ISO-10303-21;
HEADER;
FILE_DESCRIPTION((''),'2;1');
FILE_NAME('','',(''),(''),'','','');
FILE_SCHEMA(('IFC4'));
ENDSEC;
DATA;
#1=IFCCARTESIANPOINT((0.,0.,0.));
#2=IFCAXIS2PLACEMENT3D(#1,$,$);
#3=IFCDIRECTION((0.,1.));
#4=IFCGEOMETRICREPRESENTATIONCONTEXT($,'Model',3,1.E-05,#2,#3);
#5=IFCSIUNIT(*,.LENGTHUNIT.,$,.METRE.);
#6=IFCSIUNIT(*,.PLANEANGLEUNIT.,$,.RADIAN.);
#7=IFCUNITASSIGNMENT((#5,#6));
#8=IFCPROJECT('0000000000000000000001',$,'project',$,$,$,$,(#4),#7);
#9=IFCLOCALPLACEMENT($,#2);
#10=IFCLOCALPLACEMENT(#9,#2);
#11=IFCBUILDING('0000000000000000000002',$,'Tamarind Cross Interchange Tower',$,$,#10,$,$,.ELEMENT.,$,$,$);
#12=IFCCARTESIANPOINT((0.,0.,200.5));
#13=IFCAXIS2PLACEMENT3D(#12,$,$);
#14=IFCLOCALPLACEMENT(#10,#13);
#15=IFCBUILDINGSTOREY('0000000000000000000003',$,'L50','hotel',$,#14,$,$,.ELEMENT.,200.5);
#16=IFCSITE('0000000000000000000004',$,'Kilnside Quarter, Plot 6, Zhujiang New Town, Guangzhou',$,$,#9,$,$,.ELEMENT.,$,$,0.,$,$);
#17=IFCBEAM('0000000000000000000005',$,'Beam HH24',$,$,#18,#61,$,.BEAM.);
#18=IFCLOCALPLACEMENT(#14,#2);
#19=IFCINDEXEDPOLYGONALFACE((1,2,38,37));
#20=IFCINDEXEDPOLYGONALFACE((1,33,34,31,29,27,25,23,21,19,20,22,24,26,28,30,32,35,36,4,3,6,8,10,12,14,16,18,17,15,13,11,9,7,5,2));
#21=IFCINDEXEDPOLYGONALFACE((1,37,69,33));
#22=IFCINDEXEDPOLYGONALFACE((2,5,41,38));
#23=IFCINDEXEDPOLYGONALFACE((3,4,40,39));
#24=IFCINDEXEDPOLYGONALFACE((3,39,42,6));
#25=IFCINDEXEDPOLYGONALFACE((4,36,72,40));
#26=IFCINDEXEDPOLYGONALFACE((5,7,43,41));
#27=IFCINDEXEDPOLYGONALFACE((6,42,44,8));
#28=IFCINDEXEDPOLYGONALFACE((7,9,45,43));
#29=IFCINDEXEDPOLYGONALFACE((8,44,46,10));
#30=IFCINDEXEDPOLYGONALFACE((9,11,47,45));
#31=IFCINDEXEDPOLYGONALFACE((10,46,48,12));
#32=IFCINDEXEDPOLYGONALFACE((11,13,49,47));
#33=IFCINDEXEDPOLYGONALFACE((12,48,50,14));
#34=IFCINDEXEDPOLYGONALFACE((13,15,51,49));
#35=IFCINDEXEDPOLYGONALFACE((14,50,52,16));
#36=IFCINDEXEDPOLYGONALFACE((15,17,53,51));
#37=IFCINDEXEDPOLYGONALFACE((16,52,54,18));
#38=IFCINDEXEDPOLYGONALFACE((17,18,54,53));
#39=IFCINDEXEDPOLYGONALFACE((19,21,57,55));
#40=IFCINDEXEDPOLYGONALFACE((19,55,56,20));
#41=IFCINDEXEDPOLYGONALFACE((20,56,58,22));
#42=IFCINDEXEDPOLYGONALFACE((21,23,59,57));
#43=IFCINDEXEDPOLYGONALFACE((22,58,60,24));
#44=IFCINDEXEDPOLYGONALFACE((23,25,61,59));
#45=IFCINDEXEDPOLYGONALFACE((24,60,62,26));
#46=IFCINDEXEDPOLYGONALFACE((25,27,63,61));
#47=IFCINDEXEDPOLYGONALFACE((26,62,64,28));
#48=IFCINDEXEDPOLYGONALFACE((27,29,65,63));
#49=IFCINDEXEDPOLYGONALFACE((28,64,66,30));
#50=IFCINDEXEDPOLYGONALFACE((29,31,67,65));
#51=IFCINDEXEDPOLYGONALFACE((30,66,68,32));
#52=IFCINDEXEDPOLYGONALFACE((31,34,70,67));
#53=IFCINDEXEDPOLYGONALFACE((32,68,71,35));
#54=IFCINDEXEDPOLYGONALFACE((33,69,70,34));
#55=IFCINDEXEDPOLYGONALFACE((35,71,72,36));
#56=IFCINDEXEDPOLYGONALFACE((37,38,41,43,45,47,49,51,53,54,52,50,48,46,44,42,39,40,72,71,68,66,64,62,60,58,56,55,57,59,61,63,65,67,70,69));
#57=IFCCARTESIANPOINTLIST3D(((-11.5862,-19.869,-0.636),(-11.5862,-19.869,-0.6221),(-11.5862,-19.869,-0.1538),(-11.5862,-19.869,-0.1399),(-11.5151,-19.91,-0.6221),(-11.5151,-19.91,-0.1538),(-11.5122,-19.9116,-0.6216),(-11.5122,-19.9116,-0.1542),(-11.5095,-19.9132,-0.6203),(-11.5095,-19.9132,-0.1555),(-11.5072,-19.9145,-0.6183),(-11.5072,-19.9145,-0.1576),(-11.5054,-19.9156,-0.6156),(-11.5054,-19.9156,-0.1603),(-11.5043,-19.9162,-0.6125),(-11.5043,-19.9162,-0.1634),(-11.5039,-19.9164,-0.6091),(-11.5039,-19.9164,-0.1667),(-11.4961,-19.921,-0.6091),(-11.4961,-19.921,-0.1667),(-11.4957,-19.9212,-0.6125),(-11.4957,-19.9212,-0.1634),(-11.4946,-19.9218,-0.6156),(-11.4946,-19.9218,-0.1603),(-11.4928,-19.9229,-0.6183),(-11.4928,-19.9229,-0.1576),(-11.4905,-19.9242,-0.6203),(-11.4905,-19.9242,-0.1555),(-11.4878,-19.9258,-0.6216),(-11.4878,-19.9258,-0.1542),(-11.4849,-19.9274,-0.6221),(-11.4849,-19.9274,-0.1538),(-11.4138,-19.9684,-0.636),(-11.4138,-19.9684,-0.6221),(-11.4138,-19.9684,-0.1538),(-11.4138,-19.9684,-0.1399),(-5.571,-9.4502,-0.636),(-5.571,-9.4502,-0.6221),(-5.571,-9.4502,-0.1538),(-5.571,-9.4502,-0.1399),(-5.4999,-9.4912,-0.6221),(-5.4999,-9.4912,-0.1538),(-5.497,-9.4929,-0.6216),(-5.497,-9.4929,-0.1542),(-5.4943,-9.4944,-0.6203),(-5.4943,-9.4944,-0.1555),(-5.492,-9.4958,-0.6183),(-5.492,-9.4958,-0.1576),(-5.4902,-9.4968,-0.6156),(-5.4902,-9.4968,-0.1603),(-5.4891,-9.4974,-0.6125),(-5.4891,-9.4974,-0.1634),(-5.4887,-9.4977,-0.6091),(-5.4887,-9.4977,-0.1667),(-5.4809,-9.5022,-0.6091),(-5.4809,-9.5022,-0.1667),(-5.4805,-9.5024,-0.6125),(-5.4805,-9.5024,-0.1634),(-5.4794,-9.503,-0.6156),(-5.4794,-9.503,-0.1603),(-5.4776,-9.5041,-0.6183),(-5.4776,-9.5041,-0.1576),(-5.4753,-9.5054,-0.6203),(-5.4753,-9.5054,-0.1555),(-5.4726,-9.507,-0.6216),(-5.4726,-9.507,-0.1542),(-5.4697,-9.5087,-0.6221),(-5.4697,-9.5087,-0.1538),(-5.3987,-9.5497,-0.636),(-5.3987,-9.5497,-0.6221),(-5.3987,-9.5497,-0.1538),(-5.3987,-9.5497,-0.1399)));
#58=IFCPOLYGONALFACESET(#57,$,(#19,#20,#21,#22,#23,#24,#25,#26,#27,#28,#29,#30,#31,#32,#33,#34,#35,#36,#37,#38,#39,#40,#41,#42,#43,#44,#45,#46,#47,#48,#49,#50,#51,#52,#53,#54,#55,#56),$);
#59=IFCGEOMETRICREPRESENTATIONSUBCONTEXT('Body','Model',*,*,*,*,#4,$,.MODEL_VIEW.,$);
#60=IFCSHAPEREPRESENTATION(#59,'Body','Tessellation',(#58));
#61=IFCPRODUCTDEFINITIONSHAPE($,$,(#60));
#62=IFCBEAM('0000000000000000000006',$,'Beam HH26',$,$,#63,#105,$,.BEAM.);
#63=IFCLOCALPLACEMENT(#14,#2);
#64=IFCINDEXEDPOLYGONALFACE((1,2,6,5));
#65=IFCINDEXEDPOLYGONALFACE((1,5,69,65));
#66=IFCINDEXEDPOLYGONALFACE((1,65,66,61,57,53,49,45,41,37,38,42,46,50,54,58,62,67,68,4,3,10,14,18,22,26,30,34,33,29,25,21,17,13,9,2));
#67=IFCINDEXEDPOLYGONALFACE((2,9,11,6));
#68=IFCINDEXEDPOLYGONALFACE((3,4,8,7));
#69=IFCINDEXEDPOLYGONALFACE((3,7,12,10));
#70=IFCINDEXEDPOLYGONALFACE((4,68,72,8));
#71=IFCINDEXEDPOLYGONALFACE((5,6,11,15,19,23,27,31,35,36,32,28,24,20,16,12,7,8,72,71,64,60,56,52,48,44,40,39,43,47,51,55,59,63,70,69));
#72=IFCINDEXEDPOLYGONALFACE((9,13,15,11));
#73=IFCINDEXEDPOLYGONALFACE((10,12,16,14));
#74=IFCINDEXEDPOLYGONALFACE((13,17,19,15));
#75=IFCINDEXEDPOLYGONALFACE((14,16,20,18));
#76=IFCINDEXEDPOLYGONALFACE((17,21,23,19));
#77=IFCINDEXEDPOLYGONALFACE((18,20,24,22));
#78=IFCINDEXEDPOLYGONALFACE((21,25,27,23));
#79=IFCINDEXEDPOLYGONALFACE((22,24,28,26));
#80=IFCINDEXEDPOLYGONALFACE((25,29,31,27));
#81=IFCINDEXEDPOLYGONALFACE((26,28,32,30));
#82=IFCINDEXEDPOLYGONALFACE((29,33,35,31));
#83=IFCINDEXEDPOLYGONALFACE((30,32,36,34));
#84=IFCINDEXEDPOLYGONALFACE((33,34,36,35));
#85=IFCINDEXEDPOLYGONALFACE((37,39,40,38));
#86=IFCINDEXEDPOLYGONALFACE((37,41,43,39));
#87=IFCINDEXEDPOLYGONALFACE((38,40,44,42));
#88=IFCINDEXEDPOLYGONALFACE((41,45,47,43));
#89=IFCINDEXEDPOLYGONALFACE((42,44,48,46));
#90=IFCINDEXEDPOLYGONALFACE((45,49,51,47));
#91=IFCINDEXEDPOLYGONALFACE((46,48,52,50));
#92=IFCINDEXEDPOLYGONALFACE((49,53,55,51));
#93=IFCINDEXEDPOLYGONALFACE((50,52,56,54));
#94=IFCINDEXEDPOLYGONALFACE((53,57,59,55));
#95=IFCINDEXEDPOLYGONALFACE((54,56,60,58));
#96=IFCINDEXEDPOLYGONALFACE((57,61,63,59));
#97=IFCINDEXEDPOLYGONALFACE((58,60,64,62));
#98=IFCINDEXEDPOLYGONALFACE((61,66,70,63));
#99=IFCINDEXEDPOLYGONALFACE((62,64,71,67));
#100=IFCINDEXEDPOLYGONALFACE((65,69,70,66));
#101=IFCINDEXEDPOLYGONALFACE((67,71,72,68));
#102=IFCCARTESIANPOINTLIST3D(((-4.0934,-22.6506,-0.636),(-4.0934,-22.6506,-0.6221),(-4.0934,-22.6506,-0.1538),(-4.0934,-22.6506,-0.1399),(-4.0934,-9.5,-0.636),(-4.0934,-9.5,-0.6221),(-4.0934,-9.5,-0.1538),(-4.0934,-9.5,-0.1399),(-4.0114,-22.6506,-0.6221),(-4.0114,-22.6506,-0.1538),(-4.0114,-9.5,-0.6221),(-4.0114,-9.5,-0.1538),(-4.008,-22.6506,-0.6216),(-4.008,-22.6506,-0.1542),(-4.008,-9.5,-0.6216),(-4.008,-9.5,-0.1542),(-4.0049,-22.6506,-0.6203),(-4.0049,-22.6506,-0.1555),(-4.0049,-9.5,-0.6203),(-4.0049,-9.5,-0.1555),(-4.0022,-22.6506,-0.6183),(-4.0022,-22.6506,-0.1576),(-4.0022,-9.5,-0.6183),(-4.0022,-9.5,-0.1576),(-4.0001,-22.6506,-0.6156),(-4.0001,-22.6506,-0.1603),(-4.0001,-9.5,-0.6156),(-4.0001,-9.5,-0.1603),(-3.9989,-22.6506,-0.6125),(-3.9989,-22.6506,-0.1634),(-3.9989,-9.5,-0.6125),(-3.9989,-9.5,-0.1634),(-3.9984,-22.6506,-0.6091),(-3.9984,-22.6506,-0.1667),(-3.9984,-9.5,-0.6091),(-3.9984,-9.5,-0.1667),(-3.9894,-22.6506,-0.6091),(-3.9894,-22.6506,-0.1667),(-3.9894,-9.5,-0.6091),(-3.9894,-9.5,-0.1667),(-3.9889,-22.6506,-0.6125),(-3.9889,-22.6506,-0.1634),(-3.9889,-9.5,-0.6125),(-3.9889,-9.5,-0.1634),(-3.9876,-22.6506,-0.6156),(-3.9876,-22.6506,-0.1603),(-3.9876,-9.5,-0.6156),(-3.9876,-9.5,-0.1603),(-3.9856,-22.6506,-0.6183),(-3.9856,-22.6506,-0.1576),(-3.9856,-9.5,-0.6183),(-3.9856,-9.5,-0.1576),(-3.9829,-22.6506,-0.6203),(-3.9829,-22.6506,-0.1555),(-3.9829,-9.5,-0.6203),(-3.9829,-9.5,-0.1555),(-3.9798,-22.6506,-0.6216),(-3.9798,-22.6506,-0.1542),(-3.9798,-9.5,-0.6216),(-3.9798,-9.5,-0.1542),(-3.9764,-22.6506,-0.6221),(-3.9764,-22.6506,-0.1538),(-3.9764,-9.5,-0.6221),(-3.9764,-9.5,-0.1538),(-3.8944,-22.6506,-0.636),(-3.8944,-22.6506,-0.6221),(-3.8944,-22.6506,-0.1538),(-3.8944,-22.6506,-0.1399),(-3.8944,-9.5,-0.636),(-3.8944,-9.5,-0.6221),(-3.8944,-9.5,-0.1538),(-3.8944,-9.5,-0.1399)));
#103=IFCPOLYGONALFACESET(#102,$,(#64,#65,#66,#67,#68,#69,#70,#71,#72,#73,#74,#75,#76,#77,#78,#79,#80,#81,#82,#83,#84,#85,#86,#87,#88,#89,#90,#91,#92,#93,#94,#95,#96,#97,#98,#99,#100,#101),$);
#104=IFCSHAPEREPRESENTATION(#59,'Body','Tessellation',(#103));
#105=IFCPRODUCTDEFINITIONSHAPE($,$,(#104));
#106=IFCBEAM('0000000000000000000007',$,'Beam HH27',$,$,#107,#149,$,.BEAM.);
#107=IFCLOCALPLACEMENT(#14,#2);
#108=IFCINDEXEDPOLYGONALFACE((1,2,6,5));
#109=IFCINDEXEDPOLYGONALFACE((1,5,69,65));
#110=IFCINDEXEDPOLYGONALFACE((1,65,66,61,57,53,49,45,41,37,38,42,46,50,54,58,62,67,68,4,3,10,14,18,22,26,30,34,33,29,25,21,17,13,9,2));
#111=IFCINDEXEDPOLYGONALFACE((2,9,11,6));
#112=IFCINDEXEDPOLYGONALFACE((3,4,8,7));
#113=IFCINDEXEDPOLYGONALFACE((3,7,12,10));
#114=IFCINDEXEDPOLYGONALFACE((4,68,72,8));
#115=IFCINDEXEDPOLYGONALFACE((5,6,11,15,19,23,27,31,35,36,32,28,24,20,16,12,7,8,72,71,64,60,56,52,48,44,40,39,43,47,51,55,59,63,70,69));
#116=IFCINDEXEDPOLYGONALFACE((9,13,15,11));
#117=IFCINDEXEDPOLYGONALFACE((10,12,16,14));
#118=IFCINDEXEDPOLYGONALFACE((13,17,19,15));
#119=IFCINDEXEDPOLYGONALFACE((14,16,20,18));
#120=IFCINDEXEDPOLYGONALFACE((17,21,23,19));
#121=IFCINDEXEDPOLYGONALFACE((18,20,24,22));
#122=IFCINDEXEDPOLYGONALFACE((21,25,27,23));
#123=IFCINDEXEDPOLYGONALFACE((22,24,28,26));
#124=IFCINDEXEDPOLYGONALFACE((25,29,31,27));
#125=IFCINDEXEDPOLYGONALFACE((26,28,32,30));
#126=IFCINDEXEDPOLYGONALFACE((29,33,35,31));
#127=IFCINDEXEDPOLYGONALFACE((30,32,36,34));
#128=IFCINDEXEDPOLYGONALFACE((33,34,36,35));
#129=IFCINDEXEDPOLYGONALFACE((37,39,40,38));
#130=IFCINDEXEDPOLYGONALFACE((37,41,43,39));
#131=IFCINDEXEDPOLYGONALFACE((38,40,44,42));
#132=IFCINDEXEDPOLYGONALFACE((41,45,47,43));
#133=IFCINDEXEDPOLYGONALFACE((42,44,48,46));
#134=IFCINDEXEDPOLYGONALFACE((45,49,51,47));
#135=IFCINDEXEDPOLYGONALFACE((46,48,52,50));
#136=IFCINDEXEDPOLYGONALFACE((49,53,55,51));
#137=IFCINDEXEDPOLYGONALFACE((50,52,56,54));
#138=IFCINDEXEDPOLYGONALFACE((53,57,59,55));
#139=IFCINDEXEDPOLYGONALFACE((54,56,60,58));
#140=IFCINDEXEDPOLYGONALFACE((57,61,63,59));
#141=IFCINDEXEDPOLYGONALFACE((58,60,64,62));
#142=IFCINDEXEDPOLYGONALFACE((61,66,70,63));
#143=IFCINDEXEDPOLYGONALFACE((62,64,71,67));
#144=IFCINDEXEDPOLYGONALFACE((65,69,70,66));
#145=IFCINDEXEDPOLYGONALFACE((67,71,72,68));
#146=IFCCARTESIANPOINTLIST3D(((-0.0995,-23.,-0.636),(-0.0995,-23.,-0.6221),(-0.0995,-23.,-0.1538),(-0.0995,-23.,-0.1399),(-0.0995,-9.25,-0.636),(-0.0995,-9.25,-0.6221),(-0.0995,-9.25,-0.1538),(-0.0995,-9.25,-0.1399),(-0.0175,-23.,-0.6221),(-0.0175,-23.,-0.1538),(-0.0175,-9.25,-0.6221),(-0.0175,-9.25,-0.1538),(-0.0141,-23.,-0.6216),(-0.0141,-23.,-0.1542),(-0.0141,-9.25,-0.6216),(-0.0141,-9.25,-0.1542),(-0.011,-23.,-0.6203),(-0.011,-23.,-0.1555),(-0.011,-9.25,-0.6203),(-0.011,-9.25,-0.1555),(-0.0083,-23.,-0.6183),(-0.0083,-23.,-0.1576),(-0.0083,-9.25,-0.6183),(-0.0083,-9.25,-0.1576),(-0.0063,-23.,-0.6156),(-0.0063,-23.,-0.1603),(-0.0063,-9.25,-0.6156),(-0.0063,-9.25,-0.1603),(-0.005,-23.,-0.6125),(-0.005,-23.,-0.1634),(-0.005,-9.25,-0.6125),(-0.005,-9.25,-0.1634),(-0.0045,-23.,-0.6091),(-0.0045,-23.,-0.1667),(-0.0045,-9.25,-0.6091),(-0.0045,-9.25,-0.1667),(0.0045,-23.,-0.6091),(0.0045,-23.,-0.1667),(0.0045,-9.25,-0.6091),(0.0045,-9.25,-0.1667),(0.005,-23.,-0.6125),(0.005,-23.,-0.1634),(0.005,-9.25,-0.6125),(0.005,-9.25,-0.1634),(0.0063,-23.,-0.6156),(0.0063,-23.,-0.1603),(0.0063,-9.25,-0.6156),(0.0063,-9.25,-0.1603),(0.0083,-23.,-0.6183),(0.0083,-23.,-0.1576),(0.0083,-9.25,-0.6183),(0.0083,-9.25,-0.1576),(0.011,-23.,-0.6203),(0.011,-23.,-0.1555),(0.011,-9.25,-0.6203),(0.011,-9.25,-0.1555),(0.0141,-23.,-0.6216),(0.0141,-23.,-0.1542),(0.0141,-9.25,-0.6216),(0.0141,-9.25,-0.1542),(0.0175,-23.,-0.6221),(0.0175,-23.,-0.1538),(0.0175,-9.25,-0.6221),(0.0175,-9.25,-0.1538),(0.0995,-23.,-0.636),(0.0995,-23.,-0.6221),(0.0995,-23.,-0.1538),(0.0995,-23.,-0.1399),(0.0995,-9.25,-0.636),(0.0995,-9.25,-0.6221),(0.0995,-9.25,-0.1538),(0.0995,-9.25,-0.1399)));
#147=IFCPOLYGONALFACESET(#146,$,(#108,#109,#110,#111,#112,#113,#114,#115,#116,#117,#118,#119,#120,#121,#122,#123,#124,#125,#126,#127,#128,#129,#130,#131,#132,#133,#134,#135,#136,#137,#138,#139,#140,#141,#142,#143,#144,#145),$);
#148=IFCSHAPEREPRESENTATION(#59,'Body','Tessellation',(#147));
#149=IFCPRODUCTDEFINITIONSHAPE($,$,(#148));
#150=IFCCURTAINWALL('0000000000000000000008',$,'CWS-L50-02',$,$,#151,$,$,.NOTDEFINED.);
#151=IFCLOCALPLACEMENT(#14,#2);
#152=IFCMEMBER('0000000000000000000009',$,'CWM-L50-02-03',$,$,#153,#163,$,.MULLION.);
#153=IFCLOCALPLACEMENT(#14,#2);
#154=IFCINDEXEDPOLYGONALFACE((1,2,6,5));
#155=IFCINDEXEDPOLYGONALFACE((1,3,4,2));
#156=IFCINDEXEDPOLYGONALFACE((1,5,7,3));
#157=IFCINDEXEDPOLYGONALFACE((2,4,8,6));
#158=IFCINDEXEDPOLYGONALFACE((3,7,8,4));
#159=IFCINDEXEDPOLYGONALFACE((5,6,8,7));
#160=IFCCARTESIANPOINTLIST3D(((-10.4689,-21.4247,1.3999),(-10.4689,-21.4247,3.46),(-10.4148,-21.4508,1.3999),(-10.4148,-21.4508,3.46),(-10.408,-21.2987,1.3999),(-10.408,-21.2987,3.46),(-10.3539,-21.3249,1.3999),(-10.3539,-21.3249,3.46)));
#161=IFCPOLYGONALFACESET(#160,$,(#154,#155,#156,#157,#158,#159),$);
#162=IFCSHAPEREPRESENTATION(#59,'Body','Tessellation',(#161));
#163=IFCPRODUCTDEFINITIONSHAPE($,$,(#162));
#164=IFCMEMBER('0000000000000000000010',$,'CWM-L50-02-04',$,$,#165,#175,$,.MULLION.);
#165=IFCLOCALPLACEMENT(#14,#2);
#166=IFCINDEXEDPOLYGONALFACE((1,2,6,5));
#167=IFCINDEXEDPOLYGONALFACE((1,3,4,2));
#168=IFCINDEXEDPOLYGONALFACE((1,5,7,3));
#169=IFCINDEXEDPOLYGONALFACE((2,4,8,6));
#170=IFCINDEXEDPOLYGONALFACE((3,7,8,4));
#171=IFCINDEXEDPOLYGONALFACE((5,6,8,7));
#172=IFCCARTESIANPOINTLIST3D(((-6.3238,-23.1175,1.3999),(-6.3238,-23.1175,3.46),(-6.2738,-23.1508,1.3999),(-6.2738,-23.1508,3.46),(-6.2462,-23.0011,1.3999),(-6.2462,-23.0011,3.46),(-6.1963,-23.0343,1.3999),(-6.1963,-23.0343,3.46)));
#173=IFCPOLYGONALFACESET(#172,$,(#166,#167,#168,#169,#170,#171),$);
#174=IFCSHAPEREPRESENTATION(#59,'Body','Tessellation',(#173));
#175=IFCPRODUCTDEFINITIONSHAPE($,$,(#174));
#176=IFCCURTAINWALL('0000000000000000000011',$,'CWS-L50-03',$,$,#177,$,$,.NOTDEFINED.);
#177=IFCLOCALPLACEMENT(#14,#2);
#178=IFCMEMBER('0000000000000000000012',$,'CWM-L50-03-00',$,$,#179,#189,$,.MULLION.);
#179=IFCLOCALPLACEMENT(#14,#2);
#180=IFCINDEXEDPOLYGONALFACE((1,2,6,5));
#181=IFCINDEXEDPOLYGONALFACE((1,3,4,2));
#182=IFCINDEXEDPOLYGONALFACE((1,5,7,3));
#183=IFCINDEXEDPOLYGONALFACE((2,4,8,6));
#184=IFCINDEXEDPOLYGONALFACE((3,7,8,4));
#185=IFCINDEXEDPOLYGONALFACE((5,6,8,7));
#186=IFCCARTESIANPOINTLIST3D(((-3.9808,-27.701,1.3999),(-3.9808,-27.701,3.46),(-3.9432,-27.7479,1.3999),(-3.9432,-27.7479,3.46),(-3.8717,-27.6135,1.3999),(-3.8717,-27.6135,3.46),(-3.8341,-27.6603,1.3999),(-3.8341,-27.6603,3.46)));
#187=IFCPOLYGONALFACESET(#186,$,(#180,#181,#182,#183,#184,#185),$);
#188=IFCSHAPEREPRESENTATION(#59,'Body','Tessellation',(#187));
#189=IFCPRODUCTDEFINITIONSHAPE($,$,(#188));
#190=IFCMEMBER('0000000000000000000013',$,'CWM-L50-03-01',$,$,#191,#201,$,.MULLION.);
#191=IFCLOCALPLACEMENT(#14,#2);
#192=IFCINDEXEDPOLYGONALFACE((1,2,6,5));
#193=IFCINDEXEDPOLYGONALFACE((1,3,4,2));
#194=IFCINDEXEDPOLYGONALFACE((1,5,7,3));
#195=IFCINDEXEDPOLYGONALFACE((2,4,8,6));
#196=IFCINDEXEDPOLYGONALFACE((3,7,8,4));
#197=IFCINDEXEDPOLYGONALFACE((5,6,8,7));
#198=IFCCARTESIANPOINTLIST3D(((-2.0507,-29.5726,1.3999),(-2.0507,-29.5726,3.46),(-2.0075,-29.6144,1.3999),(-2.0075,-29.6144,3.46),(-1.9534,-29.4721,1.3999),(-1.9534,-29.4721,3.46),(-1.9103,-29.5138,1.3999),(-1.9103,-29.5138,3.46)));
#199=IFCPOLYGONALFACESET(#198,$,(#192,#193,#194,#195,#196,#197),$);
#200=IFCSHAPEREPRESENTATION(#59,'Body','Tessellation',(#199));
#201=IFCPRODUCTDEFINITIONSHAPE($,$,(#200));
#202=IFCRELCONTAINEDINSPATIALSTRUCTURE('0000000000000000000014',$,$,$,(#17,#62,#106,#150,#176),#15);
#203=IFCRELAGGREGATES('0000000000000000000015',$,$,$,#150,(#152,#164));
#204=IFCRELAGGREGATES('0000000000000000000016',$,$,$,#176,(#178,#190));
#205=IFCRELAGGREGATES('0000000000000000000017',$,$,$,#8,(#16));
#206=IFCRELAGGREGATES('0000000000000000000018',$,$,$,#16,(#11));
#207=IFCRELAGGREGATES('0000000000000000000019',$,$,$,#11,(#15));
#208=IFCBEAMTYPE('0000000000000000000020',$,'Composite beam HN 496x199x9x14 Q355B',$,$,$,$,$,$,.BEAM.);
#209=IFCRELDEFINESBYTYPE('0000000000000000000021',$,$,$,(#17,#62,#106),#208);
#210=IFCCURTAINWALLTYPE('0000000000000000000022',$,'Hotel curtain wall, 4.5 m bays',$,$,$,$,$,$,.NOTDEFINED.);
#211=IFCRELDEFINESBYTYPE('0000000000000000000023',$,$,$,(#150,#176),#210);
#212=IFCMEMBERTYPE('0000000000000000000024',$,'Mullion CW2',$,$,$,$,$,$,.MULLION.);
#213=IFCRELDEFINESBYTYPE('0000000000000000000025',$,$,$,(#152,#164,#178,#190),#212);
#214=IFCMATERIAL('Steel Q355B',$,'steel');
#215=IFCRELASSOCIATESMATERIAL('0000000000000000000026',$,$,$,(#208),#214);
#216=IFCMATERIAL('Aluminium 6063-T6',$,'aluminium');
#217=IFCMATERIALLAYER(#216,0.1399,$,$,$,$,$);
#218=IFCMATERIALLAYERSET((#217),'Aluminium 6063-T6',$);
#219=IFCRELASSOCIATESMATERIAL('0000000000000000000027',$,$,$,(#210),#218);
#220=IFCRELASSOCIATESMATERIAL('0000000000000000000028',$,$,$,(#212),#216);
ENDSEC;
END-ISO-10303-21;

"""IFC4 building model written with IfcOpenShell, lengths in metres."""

from ifc_helpers import new_model, si_unit, direction, frame, origin, origin_2d, place, context, subcontext, project, spatial, rectangle, i_section, extrude, material, layer, layer_set, material_profile, profile_set, type_object, element, aggregate, save


model = new_model("IFC4")

# Units and contexts
model_context = context("Model", 3, precision=1e-05, world=origin(), true_north=direction((0.0, 1.0)))
body_context = subcontext(model_context, "Body", "Model", "MODEL_VIEW")
ifc_project = project(units=[si_unit("LENGTHUNIT", "METRE"), si_unit("PLANEANGLEUNIT", "RADIAN")], contexts=[model_context])

# Site, building, storey
site_placement = place(None, origin())
site = spatial("IfcSite", under=ifc_project, at=site_placement, Name="Kilnside Quarter, Plot 6, Zhujiang New Town, Guangzhou", CompositionType="ELEMENT", RefElevation=0.0)
building_placement = place(site_placement, origin())
building = spatial("IfcBuilding", under=site, at=building_placement, Name="Tamarind Cross Interchange Tower", CompositionType="ELEMENT")
storey_placement = place(building_placement, frame((0.0, 0.0, 200.5)))
storey = spatial("IfcBuildingStorey", under=building, at=storey_placement, Name="L50", Description="hotel", CompositionType="ELEMENT", Elevation=200.5)

# Beams
ifc_material_1 = material(Name="Steel Q355B", Category="steel")
ifc_material_profile_1 = material_profile(ifc_material_1, i_section(OverallWidth=0.199, OverallDepth=0.4961, WebThickness=0.009, FlangeThickness=0.0139, FilletRadius=0.0129, at=origin_2d()), Name="HN 496x199x9x14")
ifc_profile_set_1 = profile_set([ifc_material_profile_1], Name="Steel Q355B")
beam_type = type_object("IfcBeamType", Name="Composite beam HN 496x199x9x14 Q355B", PredefinedType="BEAM", material=ifc_profile_set_1)
beam_1_placement = place(storey_placement, frame((-11.5, -19.9187, -0.3879), z_axis=(0.499994, 0.866029, 0.0), x_axis=(-0.866029, 0.499994, 0.0)))
element("IfcBeam", 1, at=beam_1_placement, inside=storey, type_object=beam_type, Name="Beam HH24", PredefinedType="BEAM", context=body_context, shape_type="SweptSolid", body=[
    extrude(i_section(OverallWidth=0.199, OverallDepth=0.4961, WebThickness=0.009, FlangeThickness=0.0139, FilletRadius=0.0129, at=origin_2d()), origin(), (0.0, 0.0, 1.0), 12.0305),
])
beam_2_placement = place(storey_placement, frame((-3.9939, -22.6506, -0.3879), z_axis=(0.0, 1.0, 0.0), x_axis=(-1.0, 0.0, 0.0)))
element("IfcBeam", 2, at=beam_2_placement, inside=storey, type_object=beam_type, Name="Beam HH26", PredefinedType="BEAM", context=body_context, shape_type="SweptSolid", body=[
    extrude(i_section(OverallWidth=0.199, OverallDepth=0.4961, WebThickness=0.009, FlangeThickness=0.0139, FilletRadius=0.0129, at=origin_2d()), origin(), (0.0, 0.0, 1.0), 13.1506),
])
beam_3_placement = place(storey_placement, frame((0.0, -23.0, -0.3879), z_axis=(0.0, 1.0, 0.0), x_axis=(-1.0, 0.0, 0.0)))
element("IfcBeam", 3, at=beam_3_placement, inside=storey, type_object=beam_type, Name="Beam HH27", PredefinedType="BEAM", context=body_context, shape_type="SweptSolid", body=[
    extrude(i_section(OverallWidth=0.199, OverallDepth=0.4961, WebThickness=0.009, FlangeThickness=0.0139, FilletRadius=0.0129, at=origin_2d()), origin(), (0.0, 0.0, 1.0), 13.75),
])

# Curtain walls, members
ifc_material_2 = material(Name="Aluminium 6063-T6", Category="aluminium")
ifc_layer_1 = layer(ifc_material_2, 0.1399)
ifc_layer_set_1 = layer_set([ifc_layer_1], Name="Aluminium 6063-T6")
curtain_wall_type = type_object("IfcCurtainWallType", Name="Hotel curtain wall, 4.5 m bays", PredefinedType="NOTDEFINED", material=ifc_layer_set_1)
curtain_wall_1_placement = place(storey_placement, origin())
curtain_wall_1 = element("IfcCurtainWall", 4, at=curtain_wall_1_placement, inside=storey, type_object=curtain_wall_type, Name="CWS-L50-02", PredefinedType="NOTDEFINED")
ifc_material_profile_2 = material_profile(ifc_material_2, rectangle(XDim=0.0601, YDim=0.1399, at=origin_2d()), Name="Mullion CW2")
ifc_profile_set_2 = profile_set([ifc_material_profile_2], Name="Aluminium 6063-T6")
member_type = type_object("IfcMemberType", Name="Mullion CW2", PredefinedType="MULLION", material=ifc_profile_set_2)
member_1_placement = place(storey_placement, frame((-10.4114, -21.3748, 1.3999), z_axis=(0.0, 0.0, 1.0), x_axis=(0.900273, -0.435326, 0.0)))
member_1 = element("IfcMember", 5, at=member_1_placement, type_object=member_type, Name="CWM-L50-02-03", PredefinedType="MULLION", context=body_context, shape_type="SweptSolid", body=[
    extrude(rectangle(XDim=0.0601, YDim=0.1399, at=origin_2d()), origin(), (0.0, 0.0, 1.0), 2.0601),
])
member_2_placement = place(storey_placement, frame((-6.26, -23.0759, 1.3999), z_axis=(0.0, 0.0, 1.0), x_axis=(0.8324, -0.554175, 0.0)))
member_2 = element("IfcMember", 6, at=member_2_placement, type_object=member_type, Name="CWM-L50-02-04", PredefinedType="MULLION", context=body_context, shape_type="SweptSolid", body=[
    extrude(rectangle(XDim=0.0601, YDim=0.1399, at=origin_2d()), origin(), (0.0, 0.0, 1.0), 2.0601),
])
aggregate(curtain_wall_1, [member_1, member_2])
curtain_wall_2_placement = place(storey_placement, origin())
curtain_wall_2 = element("IfcCurtainWall", 7, at=curtain_wall_2_placement, inside=storey, type_object=curtain_wall_type, Name="CWS-L50-03", PredefinedType="NOTDEFINED")
member_3_placement = place(storey_placement, frame((-3.9075, -27.6807, 1.3999), z_axis=(0.0, 0.0, 1.0), x_axis=(0.625659, -0.780097, 0.0)))
member_3 = element("IfcMember", 8, at=member_3_placement, type_object=member_type, Name="CWM-L50-03-00", PredefinedType="MULLION", context=body_context, shape_type="SweptSolid", body=[
    extrude(rectangle(XDim=0.0601, YDim=0.1399, at=origin_2d()), origin(), (0.0, 0.0, 1.0), 2.0601),
])
member_4_placement = place(storey_placement, frame((-1.9805, -29.5432, 1.3999), z_axis=(0.0, 0.0, 1.0), x_axis=(0.718991, -0.69502, 0.0)))
member_4 = element("IfcMember", 9, at=member_4_placement, type_object=member_type, Name="CWM-L50-03-01", PredefinedType="MULLION", context=body_context, shape_type="SweptSolid", body=[
    extrude(rectangle(XDim=0.0601, YDim=0.1399, at=origin_2d()), origin(), (0.0, 0.0, 1.0), 2.0601),
])
aggregate(curtain_wall_2, [member_3, member_4])

save(model, "model.ifc")
